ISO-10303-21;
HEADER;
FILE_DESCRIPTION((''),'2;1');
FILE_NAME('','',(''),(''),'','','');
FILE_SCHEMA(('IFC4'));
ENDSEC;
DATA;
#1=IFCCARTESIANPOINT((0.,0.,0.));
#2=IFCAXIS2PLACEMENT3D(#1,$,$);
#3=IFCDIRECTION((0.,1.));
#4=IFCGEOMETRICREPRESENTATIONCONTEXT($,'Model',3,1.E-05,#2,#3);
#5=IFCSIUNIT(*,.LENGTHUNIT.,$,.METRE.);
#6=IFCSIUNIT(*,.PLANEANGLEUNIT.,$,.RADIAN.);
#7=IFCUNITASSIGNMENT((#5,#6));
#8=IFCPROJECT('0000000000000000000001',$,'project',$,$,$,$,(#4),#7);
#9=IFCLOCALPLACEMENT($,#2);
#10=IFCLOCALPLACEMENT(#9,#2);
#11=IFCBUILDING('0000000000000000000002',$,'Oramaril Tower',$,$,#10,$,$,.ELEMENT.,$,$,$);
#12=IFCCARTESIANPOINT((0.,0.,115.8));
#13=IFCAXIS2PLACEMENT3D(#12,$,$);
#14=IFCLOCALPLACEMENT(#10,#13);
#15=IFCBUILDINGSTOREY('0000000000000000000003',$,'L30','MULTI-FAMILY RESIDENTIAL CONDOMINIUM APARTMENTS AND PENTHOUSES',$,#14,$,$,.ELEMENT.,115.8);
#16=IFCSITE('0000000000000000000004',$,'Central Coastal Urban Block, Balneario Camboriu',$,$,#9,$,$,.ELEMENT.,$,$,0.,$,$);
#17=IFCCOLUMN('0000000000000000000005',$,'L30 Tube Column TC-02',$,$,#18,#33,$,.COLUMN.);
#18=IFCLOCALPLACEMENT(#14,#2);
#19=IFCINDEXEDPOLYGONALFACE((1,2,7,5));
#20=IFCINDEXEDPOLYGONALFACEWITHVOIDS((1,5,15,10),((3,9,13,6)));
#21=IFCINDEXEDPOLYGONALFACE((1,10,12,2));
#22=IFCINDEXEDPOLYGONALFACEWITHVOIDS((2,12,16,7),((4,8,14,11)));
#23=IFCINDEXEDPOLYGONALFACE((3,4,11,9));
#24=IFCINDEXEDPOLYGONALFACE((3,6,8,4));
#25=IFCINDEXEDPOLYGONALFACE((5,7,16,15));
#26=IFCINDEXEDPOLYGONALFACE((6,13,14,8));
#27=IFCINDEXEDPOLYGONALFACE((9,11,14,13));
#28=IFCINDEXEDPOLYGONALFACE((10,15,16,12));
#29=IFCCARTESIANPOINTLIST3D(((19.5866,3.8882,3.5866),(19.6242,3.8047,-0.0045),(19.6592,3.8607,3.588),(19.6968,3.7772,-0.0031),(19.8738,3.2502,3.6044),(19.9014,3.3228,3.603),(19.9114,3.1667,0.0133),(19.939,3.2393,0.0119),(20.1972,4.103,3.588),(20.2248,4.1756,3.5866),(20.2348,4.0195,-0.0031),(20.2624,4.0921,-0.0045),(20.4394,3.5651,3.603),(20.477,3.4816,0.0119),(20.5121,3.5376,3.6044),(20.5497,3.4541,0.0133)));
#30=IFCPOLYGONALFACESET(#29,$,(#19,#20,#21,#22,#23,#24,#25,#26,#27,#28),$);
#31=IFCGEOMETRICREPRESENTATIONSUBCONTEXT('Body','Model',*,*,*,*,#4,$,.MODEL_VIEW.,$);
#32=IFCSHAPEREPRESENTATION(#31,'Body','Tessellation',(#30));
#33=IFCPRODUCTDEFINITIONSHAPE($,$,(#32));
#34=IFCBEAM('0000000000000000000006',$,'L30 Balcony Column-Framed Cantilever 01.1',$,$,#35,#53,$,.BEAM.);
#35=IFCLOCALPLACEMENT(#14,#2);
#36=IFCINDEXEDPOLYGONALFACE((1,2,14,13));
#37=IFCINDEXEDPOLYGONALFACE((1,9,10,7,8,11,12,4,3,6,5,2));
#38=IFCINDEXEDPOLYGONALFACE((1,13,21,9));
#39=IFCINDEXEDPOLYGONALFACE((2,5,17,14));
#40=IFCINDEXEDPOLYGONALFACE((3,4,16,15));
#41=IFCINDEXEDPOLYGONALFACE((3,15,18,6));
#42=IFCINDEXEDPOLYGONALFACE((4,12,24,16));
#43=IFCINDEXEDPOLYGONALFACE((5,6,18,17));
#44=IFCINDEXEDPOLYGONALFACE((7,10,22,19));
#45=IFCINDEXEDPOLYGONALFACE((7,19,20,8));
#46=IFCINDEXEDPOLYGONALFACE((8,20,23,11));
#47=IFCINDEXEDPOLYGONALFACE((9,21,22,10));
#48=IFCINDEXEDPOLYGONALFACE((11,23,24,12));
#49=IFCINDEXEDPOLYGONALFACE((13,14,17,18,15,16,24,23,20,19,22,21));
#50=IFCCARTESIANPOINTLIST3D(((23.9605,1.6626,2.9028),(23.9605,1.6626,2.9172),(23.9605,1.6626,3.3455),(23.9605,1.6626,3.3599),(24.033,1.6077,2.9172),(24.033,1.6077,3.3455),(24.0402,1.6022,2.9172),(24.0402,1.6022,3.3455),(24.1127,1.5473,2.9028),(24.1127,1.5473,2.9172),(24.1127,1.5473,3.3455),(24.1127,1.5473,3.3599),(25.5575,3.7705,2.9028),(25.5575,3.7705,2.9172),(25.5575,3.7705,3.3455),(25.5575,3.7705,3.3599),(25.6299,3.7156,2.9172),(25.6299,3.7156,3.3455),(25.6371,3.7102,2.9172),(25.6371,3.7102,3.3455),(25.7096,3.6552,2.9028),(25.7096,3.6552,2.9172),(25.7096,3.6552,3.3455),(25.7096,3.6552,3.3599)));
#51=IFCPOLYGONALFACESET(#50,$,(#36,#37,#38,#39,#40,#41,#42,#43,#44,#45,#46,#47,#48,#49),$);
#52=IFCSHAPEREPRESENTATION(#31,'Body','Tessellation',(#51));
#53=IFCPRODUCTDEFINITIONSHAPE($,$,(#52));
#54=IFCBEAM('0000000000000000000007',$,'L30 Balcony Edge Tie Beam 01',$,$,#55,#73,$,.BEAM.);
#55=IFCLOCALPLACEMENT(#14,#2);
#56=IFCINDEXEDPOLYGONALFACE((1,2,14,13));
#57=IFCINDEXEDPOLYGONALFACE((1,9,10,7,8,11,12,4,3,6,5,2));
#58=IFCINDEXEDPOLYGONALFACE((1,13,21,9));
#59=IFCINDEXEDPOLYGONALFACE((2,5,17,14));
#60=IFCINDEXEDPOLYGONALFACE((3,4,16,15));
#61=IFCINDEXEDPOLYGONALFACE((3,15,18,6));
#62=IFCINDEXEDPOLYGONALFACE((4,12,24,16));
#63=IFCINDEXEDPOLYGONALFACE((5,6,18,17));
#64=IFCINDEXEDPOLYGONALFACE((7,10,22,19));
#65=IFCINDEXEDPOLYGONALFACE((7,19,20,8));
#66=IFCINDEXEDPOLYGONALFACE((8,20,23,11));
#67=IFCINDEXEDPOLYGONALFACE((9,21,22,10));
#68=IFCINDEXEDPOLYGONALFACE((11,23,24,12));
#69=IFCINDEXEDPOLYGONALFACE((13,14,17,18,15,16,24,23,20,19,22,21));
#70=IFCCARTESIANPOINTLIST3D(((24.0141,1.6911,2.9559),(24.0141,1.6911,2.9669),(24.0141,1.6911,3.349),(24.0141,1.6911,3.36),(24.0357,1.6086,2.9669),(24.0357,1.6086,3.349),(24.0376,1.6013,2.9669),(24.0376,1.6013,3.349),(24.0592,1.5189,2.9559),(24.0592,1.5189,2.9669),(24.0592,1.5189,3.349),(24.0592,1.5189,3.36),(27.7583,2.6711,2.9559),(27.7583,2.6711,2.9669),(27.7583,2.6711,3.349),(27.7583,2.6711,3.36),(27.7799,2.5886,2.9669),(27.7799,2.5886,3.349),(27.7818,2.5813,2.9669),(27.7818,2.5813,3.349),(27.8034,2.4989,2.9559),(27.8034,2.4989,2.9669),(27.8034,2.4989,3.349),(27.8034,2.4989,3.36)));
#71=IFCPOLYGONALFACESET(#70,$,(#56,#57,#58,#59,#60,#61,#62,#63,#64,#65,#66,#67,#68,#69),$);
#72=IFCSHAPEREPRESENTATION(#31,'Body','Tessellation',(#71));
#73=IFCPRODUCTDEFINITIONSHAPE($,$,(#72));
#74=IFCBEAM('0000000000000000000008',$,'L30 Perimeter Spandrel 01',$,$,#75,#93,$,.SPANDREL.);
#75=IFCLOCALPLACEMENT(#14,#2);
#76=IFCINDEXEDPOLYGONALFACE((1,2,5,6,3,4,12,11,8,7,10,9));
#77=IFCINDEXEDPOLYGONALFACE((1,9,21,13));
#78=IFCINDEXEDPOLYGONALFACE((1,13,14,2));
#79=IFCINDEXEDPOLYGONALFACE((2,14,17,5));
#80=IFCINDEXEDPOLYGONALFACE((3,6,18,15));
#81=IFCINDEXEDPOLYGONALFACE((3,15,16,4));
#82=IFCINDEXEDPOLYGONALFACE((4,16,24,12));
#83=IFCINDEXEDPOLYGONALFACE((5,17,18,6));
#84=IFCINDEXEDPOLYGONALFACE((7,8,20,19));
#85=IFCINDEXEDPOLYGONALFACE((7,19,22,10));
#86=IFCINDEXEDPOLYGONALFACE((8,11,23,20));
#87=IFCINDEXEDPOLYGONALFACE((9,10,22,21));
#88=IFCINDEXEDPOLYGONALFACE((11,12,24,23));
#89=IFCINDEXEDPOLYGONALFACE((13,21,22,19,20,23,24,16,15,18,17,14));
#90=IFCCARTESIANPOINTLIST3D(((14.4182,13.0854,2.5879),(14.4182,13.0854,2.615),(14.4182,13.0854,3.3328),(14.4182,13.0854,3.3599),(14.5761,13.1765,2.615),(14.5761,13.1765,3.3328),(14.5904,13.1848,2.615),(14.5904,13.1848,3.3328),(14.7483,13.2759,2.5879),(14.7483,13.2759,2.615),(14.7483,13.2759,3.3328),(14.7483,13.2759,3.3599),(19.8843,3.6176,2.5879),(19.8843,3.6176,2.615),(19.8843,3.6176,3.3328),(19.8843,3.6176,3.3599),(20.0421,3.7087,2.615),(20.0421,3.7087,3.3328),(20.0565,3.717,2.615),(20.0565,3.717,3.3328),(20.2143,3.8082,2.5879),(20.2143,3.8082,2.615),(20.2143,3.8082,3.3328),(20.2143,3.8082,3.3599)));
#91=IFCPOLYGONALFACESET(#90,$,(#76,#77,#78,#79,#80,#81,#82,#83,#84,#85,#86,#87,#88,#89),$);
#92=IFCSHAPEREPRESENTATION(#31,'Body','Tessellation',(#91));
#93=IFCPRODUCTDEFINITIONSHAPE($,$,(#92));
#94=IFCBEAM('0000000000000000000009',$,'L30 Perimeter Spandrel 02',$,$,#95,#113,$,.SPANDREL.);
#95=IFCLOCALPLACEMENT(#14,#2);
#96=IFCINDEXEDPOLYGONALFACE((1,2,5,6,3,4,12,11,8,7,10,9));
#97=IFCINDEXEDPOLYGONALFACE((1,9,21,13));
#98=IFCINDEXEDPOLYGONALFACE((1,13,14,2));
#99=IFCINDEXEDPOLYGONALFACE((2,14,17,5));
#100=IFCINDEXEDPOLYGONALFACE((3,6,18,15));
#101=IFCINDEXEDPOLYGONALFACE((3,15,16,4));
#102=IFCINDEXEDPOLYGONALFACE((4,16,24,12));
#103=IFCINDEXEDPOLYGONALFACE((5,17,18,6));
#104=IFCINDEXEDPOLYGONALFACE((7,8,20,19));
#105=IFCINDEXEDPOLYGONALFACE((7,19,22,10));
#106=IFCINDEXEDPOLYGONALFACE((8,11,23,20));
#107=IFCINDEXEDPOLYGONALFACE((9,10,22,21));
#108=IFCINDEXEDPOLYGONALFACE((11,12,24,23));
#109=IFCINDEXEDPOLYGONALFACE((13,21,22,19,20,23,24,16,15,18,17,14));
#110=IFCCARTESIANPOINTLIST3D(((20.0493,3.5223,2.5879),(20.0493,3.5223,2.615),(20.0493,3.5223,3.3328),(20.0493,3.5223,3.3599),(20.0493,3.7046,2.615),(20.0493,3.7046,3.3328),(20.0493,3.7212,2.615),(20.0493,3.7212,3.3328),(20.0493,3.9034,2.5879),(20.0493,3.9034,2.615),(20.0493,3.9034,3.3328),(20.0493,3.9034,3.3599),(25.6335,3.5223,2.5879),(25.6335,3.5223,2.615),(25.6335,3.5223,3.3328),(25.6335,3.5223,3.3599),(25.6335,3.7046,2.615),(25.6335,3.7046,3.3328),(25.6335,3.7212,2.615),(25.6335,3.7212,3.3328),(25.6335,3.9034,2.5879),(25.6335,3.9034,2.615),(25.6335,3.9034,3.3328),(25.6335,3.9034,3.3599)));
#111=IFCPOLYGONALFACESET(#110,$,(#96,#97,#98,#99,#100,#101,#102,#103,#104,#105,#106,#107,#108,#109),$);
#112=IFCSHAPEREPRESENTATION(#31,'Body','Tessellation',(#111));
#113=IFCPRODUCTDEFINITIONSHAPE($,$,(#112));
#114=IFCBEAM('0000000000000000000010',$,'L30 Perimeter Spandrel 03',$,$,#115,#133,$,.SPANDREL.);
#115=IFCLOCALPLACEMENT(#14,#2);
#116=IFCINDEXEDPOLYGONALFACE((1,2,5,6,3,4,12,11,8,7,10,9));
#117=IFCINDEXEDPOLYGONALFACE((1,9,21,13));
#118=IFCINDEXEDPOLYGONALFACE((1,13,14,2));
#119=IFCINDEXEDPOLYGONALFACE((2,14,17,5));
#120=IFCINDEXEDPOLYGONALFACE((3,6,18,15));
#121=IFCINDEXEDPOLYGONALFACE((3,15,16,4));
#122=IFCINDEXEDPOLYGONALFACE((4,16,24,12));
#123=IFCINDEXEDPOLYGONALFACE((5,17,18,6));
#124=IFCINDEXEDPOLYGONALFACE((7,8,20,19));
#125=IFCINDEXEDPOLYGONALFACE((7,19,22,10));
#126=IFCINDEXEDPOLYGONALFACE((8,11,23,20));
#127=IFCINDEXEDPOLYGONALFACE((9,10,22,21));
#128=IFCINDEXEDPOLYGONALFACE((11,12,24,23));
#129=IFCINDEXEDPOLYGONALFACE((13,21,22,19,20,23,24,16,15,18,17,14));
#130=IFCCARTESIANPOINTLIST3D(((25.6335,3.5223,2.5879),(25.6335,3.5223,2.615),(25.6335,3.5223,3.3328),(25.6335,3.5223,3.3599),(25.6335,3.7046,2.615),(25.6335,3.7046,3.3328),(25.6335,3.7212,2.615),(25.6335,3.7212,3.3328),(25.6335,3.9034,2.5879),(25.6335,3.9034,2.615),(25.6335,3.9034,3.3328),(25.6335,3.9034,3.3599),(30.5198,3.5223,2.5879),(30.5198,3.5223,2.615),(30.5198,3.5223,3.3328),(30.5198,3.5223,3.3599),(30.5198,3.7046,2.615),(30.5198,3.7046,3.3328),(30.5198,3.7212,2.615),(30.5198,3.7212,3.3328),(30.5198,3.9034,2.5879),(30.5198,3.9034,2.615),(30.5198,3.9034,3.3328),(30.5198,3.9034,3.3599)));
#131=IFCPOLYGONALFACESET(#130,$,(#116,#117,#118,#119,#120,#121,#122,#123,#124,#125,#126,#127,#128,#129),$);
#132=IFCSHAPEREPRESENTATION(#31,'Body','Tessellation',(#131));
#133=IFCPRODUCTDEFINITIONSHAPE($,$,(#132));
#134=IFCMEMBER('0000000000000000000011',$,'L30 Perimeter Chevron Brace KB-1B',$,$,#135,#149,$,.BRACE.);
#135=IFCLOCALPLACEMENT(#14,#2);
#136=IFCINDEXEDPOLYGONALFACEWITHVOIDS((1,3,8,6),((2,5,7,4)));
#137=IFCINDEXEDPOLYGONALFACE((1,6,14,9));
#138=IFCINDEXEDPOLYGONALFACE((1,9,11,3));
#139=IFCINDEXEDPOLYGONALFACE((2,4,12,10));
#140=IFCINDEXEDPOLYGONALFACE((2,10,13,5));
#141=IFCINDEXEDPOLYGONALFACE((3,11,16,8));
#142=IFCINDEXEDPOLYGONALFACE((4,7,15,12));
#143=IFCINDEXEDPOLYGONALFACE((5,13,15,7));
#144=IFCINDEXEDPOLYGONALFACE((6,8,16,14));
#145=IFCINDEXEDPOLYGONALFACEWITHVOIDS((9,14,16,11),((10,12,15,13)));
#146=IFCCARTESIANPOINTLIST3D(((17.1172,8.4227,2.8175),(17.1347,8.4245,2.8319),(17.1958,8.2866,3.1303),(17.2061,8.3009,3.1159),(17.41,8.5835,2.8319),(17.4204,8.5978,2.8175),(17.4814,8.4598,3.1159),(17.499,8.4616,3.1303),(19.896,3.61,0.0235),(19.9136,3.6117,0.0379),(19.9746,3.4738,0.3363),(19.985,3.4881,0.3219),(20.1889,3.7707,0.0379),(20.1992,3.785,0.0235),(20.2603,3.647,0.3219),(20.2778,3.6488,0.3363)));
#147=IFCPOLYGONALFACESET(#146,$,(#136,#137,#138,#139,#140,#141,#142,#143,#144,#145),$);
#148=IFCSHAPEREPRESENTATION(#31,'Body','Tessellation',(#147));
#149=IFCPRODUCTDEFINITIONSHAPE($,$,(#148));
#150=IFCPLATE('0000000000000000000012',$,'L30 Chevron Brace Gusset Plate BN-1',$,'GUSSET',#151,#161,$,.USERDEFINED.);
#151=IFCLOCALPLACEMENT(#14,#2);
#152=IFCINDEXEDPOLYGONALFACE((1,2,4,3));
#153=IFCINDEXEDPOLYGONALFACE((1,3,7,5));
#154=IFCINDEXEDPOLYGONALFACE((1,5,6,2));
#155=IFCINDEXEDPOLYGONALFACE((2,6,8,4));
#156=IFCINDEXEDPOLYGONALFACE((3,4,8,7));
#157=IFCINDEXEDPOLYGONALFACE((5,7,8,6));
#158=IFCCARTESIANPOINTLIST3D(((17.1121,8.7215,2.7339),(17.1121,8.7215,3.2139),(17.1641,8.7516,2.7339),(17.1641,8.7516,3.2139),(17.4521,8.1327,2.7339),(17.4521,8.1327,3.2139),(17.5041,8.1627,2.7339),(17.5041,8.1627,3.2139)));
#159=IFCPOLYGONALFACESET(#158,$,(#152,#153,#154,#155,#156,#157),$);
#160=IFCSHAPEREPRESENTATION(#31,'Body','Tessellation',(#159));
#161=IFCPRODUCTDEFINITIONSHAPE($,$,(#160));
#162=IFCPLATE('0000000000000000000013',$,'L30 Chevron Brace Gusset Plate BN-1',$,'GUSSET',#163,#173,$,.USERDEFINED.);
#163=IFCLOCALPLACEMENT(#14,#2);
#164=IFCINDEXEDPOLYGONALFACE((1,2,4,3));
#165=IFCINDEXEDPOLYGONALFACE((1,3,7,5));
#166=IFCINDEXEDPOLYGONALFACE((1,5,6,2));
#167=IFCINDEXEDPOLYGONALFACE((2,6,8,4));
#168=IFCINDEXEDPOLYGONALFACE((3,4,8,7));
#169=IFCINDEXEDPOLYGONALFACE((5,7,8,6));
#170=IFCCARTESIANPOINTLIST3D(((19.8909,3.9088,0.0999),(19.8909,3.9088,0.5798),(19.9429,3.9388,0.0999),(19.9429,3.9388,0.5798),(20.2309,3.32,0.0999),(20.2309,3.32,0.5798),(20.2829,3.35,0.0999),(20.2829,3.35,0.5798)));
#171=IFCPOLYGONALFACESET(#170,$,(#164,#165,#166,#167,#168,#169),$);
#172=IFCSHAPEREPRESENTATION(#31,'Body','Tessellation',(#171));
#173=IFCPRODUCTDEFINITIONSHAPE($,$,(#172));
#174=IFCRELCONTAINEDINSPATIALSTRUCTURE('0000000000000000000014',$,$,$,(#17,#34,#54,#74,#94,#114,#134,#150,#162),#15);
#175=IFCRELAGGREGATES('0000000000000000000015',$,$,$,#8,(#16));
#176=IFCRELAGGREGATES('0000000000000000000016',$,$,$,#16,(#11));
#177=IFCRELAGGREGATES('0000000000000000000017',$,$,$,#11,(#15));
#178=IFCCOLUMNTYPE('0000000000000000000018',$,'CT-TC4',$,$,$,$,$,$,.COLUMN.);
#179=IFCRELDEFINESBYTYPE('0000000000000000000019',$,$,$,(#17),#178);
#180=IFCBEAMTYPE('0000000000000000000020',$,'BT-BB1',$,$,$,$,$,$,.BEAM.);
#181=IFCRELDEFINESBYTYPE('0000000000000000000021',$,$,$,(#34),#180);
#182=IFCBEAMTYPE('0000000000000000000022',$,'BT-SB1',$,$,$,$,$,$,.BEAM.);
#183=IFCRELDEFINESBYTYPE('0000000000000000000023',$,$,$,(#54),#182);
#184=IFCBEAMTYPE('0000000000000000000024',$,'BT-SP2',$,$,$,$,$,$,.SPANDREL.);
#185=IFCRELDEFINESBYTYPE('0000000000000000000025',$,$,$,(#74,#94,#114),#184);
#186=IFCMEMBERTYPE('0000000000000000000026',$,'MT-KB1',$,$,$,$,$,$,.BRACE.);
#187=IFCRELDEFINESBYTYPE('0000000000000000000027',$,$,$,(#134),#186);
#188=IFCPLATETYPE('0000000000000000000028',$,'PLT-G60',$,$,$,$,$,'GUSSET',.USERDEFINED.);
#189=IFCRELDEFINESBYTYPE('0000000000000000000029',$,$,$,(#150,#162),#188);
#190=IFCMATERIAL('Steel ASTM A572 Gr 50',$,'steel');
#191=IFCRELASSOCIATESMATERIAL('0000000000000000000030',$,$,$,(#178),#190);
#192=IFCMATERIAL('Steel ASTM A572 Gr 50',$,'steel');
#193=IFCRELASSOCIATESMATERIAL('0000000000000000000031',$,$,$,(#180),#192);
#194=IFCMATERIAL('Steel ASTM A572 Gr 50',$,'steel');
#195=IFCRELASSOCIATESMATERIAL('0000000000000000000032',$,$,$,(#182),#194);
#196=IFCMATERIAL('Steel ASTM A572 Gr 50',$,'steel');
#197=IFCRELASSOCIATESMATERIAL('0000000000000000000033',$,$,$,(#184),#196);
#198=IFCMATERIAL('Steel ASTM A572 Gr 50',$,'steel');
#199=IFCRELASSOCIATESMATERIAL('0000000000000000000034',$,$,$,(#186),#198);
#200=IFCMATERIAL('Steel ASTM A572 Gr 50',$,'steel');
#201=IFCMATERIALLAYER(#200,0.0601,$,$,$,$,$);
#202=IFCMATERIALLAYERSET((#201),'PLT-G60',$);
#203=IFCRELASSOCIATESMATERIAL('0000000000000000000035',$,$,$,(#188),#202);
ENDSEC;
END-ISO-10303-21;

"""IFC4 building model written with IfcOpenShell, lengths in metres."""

from ifc_helpers import new_model, si_unit, direction, frame, origin, origin_2d, place, context, subcontext, project, spatial, rectangle, hollow_rectangle, i_section, extrude, material, layer, layer_set, material_profile, profile_set, type_object, element, save


model = new_model("IFC4")

# Units and contexts
model_context = context("Model", 3, precision=1e-05, world=origin(), true_north=direction((0.0, 1.0)))
body_context = subcontext(model_context, "Body", "Model", "MODEL_VIEW")
ifc_project = project(units=[si_unit("LENGTHUNIT", "METRE"), si_unit("PLANEANGLEUNIT", "RADIAN")], contexts=[model_context])

# Site, building, storey
site_placement = place(None, origin())
site = spatial("IfcSite", under=ifc_project, at=site_placement, Name="Central Coastal Urban Block, Balneario Camboriu", CompositionType="ELEMENT", RefElevation=0.0)
building_placement = place(site_placement, origin())
building = spatial("IfcBuilding", under=site, at=building_placement, Name="Oramaril Tower", CompositionType="ELEMENT")
storey_placement = place(building_placement, frame((0.0, 0.0, 115.8)))
storey = spatial("IfcBuildingStorey", under=building, at=storey_placement, Name="L30", Description="MULTI-FAMILY RESIDENTIAL CONDOMINIUM APARTMENTS AND PENTHOUSES", CompositionType="ELEMENT", Elevation=115.8)

# Column
ifc_material_1 = material(Name="Steel ASTM A572 Gr 50", Category="steel")
ifc_material_profile_1 = material_profile(ifc_material_1, hollow_rectangle(XDim=0.7, YDim=0.7, WallThickness=0.0549, at=origin_2d()), Name="BOX700X700X55")
ifc_profile_set_1 = profile_set([ifc_material_profile_1], Name="Steel ASTM A572 Gr 50")
column_type = type_object("IfcColumnType", Name="CT-TC4", PredefinedType="COLUMN", material=ifc_profile_set_1)
column_placement = place(storey_placement, frame((20.0869, 3.6294, 0.0044), z_axis=(-0.010466, 0.023244, 0.999675), x_axis=(-0.911822, -0.410586, 0.0)))
element("IfcColumn", 1, at=column_placement, inside=storey, type_object=column_type, Name="L30 Tube Column TC-02", PredefinedType="COLUMN", context=body_context, shape_type="SweptSolid", body=[
    extrude(hollow_rectangle(XDim=0.7, YDim=0.7, WallThickness=0.0549, at=origin_2d()), origin(), (0.0, 0.0, 1.0), 3.5923),
])

# Beams
ifc_material_2 = material(Name="Steel ASTM A572 Gr 50", Category="steel")
ifc_material_profile_2 = material_profile(ifc_material_2, i_section(OverallWidth=0.1909, OverallDepth=0.457, WebThickness=0.009, FlangeThickness=0.0144, at=origin_2d()), Name="W18X50")
ifc_profile_set_2 = profile_set([ifc_material_profile_2], Name="Steel ASTM A572 Gr 50")
beam_type_1 = type_object("IfcBeamType", Name="BT-BB1", PredefinedType="BEAM", material=ifc_profile_set_2)
beam_1_placement = place(storey_placement, frame((25.6335, 3.7129, 3.1313), z_axis=(-0.603863, -0.797088, 0.0), x_axis=(0.797088, -0.603863, 0.0)))
element("IfcBeam", 2, at=beam_1_placement, inside=storey, type_object=beam_type_1, Name="L30 Balcony Column-Framed Cantilever 01.1", PredefinedType="BEAM", context=body_context, shape_type="SweptSolid", body=[
    extrude(i_section(OverallWidth=0.1909, OverallDepth=0.457, WebThickness=0.009, FlangeThickness=0.0144, at=origin_2d()), origin(), (0.0, 0.0, 1.0), 2.6445),
])
ifc_material_3 = material(Name="Steel ASTM A572 Gr 50", Category="steel")
ifc_material_profile_3 = material_profile(ifc_material_3, i_section(OverallWidth=0.178, OverallDepth=0.4041, WebThickness=0.0076, FlangeThickness=0.011, at=origin_2d()), Name="W16X36")
ifc_profile_set_3 = profile_set([ifc_material_profile_3], Name="Steel ASTM A572 Gr 50")
beam_type_2 = type_object("IfcBeamType", Name="BT-SB1", PredefinedType="BEAM", material=ifc_profile_set_3)
beam_2_placement = place(storey_placement, frame((24.0366, 1.605, 3.158), z_axis=(0.967412, 0.253208, 0.0), x_axis=(-0.253208, 0.967412, 0.0)))
element("IfcBeam", 3, at=beam_2_placement, inside=storey, type_object=beam_type_2, Name="L30 Balcony Edge Tie Beam 01", PredefinedType="BEAM", context=body_context, shape_type="SweptSolid", body=[
    extrude(i_section(OverallWidth=0.178, OverallDepth=0.4041, WebThickness=0.0076, FlangeThickness=0.011, at=origin_2d()), origin(), (0.0, 0.0, 1.0), 3.8704),
])
ifc_material_4 = material(Name="Steel ASTM A572 Gr 50", Category="steel")
ifc_material_profile_4 = material_profile(ifc_material_4, i_section(OverallWidth=0.3811, OverallDepth=0.772, WebThickness=0.0166, FlangeThickness=0.0271, at=origin_2d()), Name="W30X173")
ifc_profile_set_4 = profile_set([ifc_material_profile_4], Name="Steel ASTM A572 Gr 50")
beam_type_3 = type_object("IfcBeamType", Name="BT-SP2", PredefinedType="SPANDREL", material=ifc_profile_set_4)
beam_3_placement = place(storey_placement, frame((14.5833, 13.1807, 2.9739), z_axis=(0.499989, -0.866032, 0.0), x_axis=(0.866032, 0.499989, 0.0)))
element("IfcBeam", 4, at=beam_3_placement, inside=storey, type_object=beam_type_3, Name="L30 Perimeter Spandrel 01", PredefinedType="SPANDREL", context=body_context, shape_type="SweptSolid", body=[
    extrude(i_section(OverallWidth=0.3811, OverallDepth=0.772, WebThickness=0.0166, FlangeThickness=0.0271, at=origin_2d()), origin(), (0.0, 0.0, 1.0), 10.9324),
])
beam_4_placement = place(storey_placement, frame((20.0493, 3.7129, 2.9739), z_axis=(1.0, 0.0, 0.0), x_axis=(0.0, 1.0, 0.0)))
element("IfcBeam", 5, at=beam_4_placement, inside=storey, type_object=beam_type_3, Name="L30 Perimeter Spandrel 02", PredefinedType="SPANDREL", context=body_context, shape_type="SweptSolid", body=[
    extrude(i_section(OverallWidth=0.3811, OverallDepth=0.772, WebThickness=0.0166, FlangeThickness=0.0271, at=origin_2d()), origin(), (0.0, 0.0, 1.0), 5.5842),
])
beam_5_placement = place(storey_placement, frame((25.6335, 3.7129, 2.9739), z_axis=(1.0, 0.0, 0.0), x_axis=(0.0, 1.0, 0.0)))
element("IfcBeam", 6, at=beam_5_placement, inside=storey, type_object=beam_type_3, Name="L30 Perimeter Spandrel 03", PredefinedType="SPANDREL", context=body_context, shape_type="SweptSolid", body=[
    extrude(i_section(OverallWidth=0.3811, OverallDepth=0.772, WebThickness=0.0166, FlangeThickness=0.0271, at=origin_2d()), origin(), (0.0, 0.0, 1.0), 4.8862),
])

# Member
ifc_material_5 = material(Name="Steel ASTM A572 Gr 50", Category="steel")
ifc_material_profile_5 = material_profile(ifc_material_5, hollow_rectangle(XDim=0.3501, YDim=0.3501, WallThickness=0.0161, at=origin_2d()), Name="HSS350X350X16")
ifc_profile_set_5 = profile_set([ifc_material_profile_5], Name="Steel ASTM A572 Gr 50")
member_type = type_object("IfcMemberType", Name="MT-KB1", PredefinedType="BRACE", material=ifc_profile_set_5)
member_placement = place(storey_placement, frame((20.0869, 3.6294, 0.1799), z_axis=(-0.446742, 0.773733, 0.449176), x_axis=(-0.866012, -0.500023, 0.0)))
element("IfcMember", 7, at=member_placement, inside=storey, type_object=member_type, Name="L30 Perimeter Chevron Brace KB-1B", PredefinedType="BRACE", context=body_context, shape_type="SweptSolid", body=[
    extrude(hollow_rectangle(XDim=0.3501, YDim=0.3501, WallThickness=0.0161, at=origin_2d()), origin(), (0.0, 0.0, 1.0), 6.2202),
])

# Plates
ifc_material_6 = material(Name="Steel ASTM A572 Gr 50", Category="steel")
ifc_layer_1 = layer(ifc_material_6, 0.0601)
ifc_layer_set_1 = layer_set([ifc_layer_1], Name="PLT-G60")
plate_type = type_object("IfcPlateType", Name="PLT-G60", ElementType="GUSSET", PredefinedType="USERDEFINED", material=ifc_layer_set_1)
for number, where, z_axis, x_axis, name in (
    (8, (17.3081, 8.4421, 2.7339), (0.0, 0.0, 1.0), (0.500003, -0.866024, 0.0), "L30 Chevron Brace Gusset Plate BN-1"),
    (9, (20.0869, 3.6294, 0.0999), (0.0, 0.0, 1.0), (0.500003, -0.866024, 0.0), "L30 Chevron Brace Gusset Plate BN-1"),
):
    element("IfcPlate", number, at=place(storey_placement, frame(where, z_axis=z_axis, x_axis=x_axis)), inside=storey, type_object=plate_type, Name=name, ObjectType="GUSSET", PredefinedType="USERDEFINED", context=body_context, shape_type="SweptSolid", body=[
        extrude(rectangle(XDim=0.6799, YDim=0.0601, at=origin_2d()), origin(), (0.0, 0.0, 1.0), 0.48),
    ])

save(model, "model.ifc")
